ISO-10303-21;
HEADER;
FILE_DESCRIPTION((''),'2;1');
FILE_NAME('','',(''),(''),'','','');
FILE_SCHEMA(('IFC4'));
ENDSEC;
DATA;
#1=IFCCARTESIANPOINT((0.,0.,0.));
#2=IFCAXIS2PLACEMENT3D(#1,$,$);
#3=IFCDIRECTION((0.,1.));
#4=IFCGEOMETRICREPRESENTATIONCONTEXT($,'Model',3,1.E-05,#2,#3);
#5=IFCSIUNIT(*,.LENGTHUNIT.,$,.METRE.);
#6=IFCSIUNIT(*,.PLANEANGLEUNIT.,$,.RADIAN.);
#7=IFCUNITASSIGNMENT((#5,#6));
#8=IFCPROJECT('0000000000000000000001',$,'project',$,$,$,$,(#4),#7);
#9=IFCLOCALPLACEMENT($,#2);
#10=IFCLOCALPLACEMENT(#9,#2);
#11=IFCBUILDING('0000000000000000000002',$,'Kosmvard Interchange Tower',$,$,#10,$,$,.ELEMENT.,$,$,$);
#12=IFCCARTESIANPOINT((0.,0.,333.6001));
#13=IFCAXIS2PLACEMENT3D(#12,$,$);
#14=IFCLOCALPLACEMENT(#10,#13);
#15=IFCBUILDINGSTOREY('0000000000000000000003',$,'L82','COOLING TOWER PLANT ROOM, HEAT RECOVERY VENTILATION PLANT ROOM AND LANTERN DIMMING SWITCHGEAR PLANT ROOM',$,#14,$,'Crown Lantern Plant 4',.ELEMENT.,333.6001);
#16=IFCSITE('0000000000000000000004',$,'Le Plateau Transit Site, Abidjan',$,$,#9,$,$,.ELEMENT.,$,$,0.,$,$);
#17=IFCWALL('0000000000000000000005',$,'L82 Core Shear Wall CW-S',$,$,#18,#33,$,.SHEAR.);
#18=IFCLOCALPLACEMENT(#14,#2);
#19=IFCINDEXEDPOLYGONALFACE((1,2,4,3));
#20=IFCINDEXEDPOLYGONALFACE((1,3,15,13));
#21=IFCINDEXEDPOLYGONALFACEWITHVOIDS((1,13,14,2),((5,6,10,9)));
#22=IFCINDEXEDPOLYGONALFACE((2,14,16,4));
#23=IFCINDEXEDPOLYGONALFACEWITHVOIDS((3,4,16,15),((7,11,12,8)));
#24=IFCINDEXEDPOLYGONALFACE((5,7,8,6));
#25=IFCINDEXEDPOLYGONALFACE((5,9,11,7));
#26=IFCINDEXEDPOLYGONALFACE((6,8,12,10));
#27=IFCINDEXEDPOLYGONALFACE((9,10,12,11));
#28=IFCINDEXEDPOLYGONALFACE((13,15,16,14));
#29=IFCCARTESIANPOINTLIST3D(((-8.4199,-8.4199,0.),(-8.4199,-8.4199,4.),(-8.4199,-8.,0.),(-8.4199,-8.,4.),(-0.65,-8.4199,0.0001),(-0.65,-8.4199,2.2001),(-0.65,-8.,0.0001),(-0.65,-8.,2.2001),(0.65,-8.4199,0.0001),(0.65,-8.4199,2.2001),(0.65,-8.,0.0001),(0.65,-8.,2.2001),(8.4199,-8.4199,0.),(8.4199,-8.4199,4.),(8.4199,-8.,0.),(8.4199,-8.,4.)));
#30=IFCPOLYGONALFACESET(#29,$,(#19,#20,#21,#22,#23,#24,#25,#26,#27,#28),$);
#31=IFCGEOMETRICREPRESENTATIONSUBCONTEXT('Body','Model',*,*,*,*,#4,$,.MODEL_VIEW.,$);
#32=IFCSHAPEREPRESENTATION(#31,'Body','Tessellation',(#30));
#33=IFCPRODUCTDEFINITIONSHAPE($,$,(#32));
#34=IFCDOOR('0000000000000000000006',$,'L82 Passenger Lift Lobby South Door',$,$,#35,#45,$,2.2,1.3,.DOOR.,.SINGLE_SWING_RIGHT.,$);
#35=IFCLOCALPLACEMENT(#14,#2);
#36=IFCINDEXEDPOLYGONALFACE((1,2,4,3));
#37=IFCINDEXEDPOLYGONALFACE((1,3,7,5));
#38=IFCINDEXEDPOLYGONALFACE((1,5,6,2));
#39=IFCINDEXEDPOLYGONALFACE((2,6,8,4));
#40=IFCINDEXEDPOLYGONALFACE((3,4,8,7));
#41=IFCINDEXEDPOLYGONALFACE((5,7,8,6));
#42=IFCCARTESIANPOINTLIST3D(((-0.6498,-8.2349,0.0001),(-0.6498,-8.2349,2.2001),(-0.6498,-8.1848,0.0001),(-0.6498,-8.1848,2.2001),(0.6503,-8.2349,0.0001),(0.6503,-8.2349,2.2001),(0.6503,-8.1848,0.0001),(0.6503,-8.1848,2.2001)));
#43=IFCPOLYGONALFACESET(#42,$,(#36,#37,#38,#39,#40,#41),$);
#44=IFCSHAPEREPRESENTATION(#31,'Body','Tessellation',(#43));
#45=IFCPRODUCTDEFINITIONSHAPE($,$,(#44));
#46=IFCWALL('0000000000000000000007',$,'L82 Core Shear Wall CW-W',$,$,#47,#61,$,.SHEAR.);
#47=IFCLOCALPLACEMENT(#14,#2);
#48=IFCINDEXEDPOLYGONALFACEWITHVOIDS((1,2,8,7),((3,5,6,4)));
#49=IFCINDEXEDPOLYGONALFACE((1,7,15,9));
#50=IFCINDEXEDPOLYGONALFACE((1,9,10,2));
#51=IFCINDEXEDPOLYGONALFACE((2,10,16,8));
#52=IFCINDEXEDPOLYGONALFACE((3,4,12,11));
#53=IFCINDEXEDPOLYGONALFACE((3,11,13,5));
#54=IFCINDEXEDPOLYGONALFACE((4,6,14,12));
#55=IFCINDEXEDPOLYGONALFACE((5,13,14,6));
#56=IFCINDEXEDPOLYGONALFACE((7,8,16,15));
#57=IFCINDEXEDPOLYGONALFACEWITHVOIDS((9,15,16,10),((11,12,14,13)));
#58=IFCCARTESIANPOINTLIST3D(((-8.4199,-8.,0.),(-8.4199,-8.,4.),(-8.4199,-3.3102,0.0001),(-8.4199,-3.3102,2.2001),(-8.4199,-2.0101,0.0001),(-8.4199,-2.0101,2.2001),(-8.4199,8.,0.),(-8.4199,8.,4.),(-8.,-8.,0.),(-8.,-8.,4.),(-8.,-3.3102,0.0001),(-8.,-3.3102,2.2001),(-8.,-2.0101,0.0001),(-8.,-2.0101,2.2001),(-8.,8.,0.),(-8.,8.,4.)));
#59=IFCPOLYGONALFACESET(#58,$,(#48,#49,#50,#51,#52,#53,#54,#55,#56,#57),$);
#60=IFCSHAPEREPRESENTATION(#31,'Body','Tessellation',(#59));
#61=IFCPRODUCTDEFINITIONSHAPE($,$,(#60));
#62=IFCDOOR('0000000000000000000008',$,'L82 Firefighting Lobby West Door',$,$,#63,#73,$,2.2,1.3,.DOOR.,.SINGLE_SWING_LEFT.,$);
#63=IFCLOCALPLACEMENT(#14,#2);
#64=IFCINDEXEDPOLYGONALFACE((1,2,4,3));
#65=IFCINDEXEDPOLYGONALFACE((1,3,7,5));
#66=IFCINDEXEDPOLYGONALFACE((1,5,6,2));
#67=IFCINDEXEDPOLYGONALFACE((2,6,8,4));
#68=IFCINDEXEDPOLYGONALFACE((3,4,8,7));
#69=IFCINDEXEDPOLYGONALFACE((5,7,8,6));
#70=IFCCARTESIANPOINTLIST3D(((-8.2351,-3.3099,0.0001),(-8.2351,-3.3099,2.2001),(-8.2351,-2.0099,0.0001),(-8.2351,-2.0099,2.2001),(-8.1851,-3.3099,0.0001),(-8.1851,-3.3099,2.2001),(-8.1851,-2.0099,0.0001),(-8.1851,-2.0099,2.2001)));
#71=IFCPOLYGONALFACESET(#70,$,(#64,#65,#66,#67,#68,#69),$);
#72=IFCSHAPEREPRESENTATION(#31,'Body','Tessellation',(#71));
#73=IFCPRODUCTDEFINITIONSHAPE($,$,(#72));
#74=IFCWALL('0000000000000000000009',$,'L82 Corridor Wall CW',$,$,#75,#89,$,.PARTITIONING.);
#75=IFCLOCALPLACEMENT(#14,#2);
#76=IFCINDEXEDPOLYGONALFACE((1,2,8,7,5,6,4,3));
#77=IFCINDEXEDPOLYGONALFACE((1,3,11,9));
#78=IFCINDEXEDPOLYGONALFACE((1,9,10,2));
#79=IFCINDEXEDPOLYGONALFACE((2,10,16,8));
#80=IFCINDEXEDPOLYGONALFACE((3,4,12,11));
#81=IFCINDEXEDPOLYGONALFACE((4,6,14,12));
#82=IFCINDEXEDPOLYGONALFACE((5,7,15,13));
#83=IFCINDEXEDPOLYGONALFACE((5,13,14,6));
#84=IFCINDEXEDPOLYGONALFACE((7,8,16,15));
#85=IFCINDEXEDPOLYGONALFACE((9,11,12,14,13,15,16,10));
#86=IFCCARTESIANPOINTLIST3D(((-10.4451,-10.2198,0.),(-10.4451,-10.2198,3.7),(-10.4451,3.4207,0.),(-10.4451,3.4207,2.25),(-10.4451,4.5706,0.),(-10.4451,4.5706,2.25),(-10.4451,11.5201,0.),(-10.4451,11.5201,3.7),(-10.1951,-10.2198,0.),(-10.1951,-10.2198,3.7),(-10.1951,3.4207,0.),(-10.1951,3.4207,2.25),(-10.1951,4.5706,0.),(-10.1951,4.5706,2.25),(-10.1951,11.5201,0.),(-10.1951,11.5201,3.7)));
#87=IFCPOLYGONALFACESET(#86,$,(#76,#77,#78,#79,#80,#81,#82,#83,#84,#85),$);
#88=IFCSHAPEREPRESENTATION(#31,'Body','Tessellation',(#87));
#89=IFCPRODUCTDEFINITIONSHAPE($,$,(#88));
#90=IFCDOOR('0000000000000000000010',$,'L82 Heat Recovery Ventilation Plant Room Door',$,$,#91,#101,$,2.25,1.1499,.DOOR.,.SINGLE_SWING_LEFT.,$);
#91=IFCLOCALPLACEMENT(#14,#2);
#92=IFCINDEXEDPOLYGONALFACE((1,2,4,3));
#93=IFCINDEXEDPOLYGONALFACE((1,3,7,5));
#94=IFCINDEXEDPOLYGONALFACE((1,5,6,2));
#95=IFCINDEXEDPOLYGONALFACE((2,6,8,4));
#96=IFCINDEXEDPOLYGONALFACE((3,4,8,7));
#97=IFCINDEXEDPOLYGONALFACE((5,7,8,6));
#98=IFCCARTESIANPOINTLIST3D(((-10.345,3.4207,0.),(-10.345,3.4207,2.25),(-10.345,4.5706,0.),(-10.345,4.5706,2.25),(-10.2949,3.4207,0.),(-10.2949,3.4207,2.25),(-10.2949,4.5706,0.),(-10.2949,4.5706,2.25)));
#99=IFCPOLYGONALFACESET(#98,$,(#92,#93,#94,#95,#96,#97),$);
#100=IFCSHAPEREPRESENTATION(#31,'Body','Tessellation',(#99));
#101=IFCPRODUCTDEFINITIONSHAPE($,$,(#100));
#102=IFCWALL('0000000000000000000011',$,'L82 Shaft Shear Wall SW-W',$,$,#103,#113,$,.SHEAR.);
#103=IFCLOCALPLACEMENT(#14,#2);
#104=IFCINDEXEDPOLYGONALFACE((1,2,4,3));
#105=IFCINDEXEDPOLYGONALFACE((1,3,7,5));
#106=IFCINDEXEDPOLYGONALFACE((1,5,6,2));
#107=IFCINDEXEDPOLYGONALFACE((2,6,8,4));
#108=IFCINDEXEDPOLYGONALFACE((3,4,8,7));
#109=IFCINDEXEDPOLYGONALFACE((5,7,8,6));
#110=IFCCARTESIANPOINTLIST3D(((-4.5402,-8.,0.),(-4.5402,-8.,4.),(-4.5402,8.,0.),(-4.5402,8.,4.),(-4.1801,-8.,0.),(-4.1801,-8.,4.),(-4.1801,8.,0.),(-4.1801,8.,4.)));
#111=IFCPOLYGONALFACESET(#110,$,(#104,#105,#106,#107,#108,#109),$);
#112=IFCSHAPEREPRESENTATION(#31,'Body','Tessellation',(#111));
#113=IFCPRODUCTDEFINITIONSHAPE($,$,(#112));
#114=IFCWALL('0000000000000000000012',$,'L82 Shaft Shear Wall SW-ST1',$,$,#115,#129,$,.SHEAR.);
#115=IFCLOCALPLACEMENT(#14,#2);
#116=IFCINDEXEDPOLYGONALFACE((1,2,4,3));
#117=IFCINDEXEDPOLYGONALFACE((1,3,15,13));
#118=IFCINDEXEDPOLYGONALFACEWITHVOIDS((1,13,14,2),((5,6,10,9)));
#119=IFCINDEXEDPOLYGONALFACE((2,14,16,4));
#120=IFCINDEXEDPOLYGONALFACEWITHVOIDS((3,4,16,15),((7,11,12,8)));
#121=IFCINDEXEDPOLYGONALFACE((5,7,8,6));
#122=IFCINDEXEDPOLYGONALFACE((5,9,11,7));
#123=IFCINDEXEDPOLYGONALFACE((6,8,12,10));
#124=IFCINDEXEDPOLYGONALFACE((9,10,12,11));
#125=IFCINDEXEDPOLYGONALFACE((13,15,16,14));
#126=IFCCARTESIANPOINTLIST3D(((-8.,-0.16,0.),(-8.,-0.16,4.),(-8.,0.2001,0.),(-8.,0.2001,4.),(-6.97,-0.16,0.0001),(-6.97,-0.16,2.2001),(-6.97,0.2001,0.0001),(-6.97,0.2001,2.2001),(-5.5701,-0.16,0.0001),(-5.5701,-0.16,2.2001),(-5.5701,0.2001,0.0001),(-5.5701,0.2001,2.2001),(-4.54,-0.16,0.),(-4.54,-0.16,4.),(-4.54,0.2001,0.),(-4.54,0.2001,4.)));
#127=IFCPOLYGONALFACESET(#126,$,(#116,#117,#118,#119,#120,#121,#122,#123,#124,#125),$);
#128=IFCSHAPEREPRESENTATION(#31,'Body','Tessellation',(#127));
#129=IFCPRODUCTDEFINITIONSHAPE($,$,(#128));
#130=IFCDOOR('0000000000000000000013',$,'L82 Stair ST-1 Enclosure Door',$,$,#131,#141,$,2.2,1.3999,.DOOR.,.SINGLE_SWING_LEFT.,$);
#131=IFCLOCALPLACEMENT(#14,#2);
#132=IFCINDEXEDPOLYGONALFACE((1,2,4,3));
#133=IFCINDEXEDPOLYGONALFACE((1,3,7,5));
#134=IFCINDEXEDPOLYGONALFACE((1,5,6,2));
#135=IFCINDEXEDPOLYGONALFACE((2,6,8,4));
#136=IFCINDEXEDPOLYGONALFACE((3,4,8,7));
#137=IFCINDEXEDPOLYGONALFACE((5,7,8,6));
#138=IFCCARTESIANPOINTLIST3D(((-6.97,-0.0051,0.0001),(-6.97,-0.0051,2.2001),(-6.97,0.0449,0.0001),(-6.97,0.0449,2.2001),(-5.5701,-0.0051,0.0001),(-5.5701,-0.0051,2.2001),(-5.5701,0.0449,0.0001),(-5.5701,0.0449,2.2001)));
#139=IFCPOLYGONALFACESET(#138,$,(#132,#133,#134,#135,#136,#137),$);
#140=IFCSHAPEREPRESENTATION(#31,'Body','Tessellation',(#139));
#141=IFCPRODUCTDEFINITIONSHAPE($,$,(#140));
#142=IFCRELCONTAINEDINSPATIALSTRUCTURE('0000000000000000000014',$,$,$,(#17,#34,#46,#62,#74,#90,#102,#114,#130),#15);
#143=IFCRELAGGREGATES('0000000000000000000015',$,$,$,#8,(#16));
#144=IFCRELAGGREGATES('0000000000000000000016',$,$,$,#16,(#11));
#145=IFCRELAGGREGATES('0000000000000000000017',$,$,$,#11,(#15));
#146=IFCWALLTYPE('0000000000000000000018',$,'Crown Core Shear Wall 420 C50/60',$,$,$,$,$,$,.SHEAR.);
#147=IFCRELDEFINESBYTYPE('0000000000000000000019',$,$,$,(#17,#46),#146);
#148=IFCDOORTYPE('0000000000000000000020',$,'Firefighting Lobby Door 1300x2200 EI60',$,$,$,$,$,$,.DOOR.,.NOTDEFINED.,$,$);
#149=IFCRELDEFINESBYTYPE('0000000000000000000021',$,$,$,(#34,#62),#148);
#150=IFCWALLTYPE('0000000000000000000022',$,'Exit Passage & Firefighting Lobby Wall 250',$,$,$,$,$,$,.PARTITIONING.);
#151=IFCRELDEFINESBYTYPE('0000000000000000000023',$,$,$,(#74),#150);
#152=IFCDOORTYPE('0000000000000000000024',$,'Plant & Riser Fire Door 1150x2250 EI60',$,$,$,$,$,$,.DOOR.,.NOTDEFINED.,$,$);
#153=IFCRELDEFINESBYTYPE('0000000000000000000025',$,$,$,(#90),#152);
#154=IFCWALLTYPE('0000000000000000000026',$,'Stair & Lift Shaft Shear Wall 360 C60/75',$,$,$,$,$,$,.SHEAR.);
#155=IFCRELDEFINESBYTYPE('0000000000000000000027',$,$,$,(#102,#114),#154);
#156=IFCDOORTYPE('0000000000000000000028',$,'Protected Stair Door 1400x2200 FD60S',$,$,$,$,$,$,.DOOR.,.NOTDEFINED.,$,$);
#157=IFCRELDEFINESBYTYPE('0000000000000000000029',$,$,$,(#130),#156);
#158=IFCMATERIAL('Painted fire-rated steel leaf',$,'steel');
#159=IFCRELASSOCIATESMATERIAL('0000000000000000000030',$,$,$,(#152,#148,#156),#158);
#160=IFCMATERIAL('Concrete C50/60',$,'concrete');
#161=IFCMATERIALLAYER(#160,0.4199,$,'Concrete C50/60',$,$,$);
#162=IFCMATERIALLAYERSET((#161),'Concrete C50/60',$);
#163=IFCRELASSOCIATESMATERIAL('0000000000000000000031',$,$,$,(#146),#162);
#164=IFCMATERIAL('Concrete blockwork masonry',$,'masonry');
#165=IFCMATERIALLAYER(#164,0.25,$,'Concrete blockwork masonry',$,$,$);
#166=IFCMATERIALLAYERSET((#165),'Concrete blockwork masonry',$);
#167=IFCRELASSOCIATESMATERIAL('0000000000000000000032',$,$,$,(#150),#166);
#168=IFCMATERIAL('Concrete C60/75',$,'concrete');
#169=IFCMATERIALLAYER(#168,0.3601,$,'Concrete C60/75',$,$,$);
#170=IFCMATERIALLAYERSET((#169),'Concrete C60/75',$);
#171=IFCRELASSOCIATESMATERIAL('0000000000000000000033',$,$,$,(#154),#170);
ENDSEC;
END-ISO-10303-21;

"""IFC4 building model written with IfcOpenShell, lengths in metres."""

from ifc_helpers import new_model, si_unit, direction, frame, frame_2d, origin, place, context, subcontext, project, spatial, rectangle, extrude, source, transform, mapped, material, layer, layer_set, type_object, element, fill, save


model = new_model("IFC4")

# Units and contexts
model_context = context("Model", 3, precision=1e-05, world=origin(), true_north=direction((0.0, 1.0)))
body_context = subcontext(model_context, "Body", "Model", "MODEL_VIEW")
ifc_project = project(units=[si_unit("LENGTHUNIT", "METRE"), si_unit("PLANEANGLEUNIT", "RADIAN")], contexts=[model_context])

# Site, building, storey
site_placement = place(None, origin())
site = spatial("IfcSite", under=ifc_project, at=site_placement, Name="Le Plateau Transit Site, Abidjan", CompositionType="ELEMENT", RefElevation=0.0)
building_placement = place(site_placement, origin())
building = spatial("IfcBuilding", under=site, at=building_placement, Name="Kosmvard Interchange Tower", CompositionType="ELEMENT")
storey_placement = place(building_placement, frame((0.0, 0.0, 333.6001)))
storey = spatial("IfcBuildingStorey", under=building, at=storey_placement, Name="L82", Description="COOLING TOWER PLANT ROOM, HEAT RECOVERY VENTILATION PLANT ROOM AND LANTERN DIMMING SWITCHGEAR PLANT ROOM", LongName="Crown Lantern Plant 4", CompositionType="ELEMENT", Elevation=333.6001)

# Shared definitions
ifc_material_1 = material(Name="Concrete C50/60", Category="concrete")

# Shared definitions
ifc_material_2 = material(Name="Painted fire-rated steel leaf", Category="steel")
door_type_1 = type_object("IfcDoorType", Name="Plant & Riser Fire Door 1150x2250 EI60", OperationType="NOTDEFINED", PredefinedType="DOOR", material=ifc_material_2)
shared_shape_1 = source(origin(), body_context, "Body", "SweptSolid", [
    extrude(rectangle(XDim=1.1499, YDim=2.25, at=frame_2d((0.575, 1.125))), frame((0.0, 0.0249, 0.0), z_axis=(0.0, -1.0, 0.0), x_axis=(1.0, 0.0, 0.0)), (0.0, 0.0, 1.0), 0.05),
])

# Walls, openings, doors
ifc_layer_1 = layer(ifc_material_1, 0.4199, Name="Concrete C50/60")
ifc_layer_set_1 = layer_set([ifc_layer_1], Name="Concrete C50/60")
wall_type_1 = type_object("IfcWallType", Name="Crown Core Shear Wall 420 C50/60", PredefinedType="SHEAR", material=ifc_layer_set_1)
wall_1_placement = place(storey_placement, frame((-8.4199, -8.21, 0.0), z_axis=(0.0, 0.0, 1.0), x_axis=(1.0, 0.0, 0.0)))
wall_1 = element("IfcWall", 1, at=wall_1_placement, inside=storey, type_object=wall_type_1, Name="L82 Core Shear Wall CW-S", PredefinedType="SHEAR", context=body_context, shape_type="SweptSolid", body=[
    extrude(rectangle(XDim=16.8398, YDim=0.4199, at=frame_2d((8.4199, 0.0))), origin(), (0.0, 0.0, 1.0), 4.0),
])
opening_1_placement = place(wall_1_placement, frame((7.77, 0.0, 0.0)))
opening_1 = element("IfcOpeningElement", 2, at=opening_1_placement, cuts=wall_1, PredefinedType="OPENING", context=body_context, shape_type="SweptSolid", body=[
    extrude(rectangle(XDim=1.3, YDim=2.2, at=frame_2d((0.6499, 1.1001))), frame((0.0, 0.22, 0.0), z_axis=(0.0, -1.0, 0.0), x_axis=(1.0, 0.0, 0.0)), (0.0, 0.0, 1.0), 0.4399),
])
door_type_2 = type_object("IfcDoorType", Name="Firefighting Lobby Door 1300x2200 EI60", OperationType="NOTDEFINED", PredefinedType="DOOR", material=ifc_material_2)
shared_shape_2 = source(origin(), body_context, "Body", "SweptSolid", [
    extrude(rectangle(XDim=1.3, YDim=2.2, at=frame_2d((0.6499, 1.1001))), frame((0.0, 0.0249, 0.0), z_axis=(0.0, -1.0, 0.0), x_axis=(1.0, 0.0, 0.0)), (0.0, 0.0, 1.0), 0.05),
])
door_1_placement = place(opening_1_placement, frame((1.3, 0.0, 0.0), z_axis=(0.0, 0.0, 1.0), x_axis=(-1.0, 0.0, 0.0)))
door_1 = element("IfcDoor", 3, at=door_1_placement, inside=storey, type_object=door_type_2, Name="L82 Passenger Lift Lobby South Door", OperationType="SINGLE_SWING_RIGHT", OverallHeight=2.2, OverallWidth=1.3, PredefinedType="DOOR", context=body_context, shape_type="MappedRepresentation", body=[
    mapped(shared_shape_2, transform((0.0, 0.0, 0.0), scale=1.0)),
])
fill(opening_1, door_1)
wall_2_placement = place(storey_placement, frame((-8.21, -8.0, 0.0), z_axis=(0.0, 0.0, 1.0), x_axis=(0.0, 1.0, 0.0)))
wall_2 = element("IfcWall", 4, at=wall_2_placement, inside=storey, type_object=wall_type_1, Name="L82 Core Shear Wall CW-W", PredefinedType="SHEAR", context=body_context, shape_type="SweptSolid", body=[
    extrude(rectangle(XDim=16.0, YDim=0.4199, at=frame_2d((8.0, 0.0))), origin(), (0.0, 0.0, 1.0), 4.0),
])
opening_2_placement = place(wall_2_placement, frame((4.6899, 0.0, 0.0)))
opening_2 = element("IfcOpeningElement", 5, at=opening_2_placement, cuts=wall_2, PredefinedType="OPENING", context=body_context, shape_type="SweptSolid", body=[
    extrude(rectangle(XDim=1.3, YDim=2.2, at=frame_2d((0.6499, 1.1001))), frame((0.0, 0.22, 0.0), z_axis=(0.0, -1.0, 0.0), x_axis=(1.0, 0.0, 0.0)), (0.0, 0.0, 1.0), 0.4399),
])
door_2_placement = place(opening_2_placement, frame((1.3, 0.0, 0.0), z_axis=(0.0, 0.0, 1.0), x_axis=(-1.0, 0.0, 0.0)))
door_2 = element("IfcDoor", 6, at=door_2_placement, inside=storey, type_object=door_type_2, Name="L82 Firefighting Lobby West Door", OperationType="SINGLE_SWING_LEFT", OverallHeight=2.2, OverallWidth=1.3, PredefinedType="DOOR", context=body_context, shape_type="MappedRepresentation", body=[
    mapped(shared_shape_2, transform((0.0, 0.0, 0.0), scale=1.0)),
])
fill(opening_2, door_2)
ifc_material_3 = material(Name="Concrete blockwork masonry", Category="masonry")
ifc_layer_2 = layer(ifc_material_3, 0.25, Name="Concrete blockwork masonry")
ifc_layer_set_2 = layer_set([ifc_layer_2], Name="Concrete blockwork masonry")
wall_type_2 = type_object("IfcWallType", Name="Exit Passage & Firefighting Lobby Wall 250", PredefinedType="PARTITIONING", material=ifc_layer_set_2)
wall_3_placement = place(storey_placement, frame((-10.3201, -10.22, 0.0), z_axis=(0.0, 0.0, 1.0), x_axis=(0.0, 1.0, 0.0)))
wall_3 = element("IfcWall", 7, at=wall_3_placement, inside=storey, type_object=wall_type_2, Name="L82 Corridor Wall CW", PredefinedType="PARTITIONING", context=body_context, shape_type="SweptSolid", body=[
    extrude(rectangle(XDim=21.74, YDim=0.25, at=frame_2d((10.8701, 0.0))), origin(), (0.0, 0.0, 1.0), 3.7),
])
opening_3_placement = place(wall_3_placement, frame((13.6406, 0.0, 0.0)))
opening_3 = element("IfcOpeningElement", 8, at=opening_3_placement, cuts=wall_3, PredefinedType="OPENING", context=body_context, shape_type="SweptSolid", body=[
    extrude(rectangle(XDim=1.1499, YDim=2.25, at=frame_2d((0.575, 1.125))), frame((0.0, 0.135, 0.0), z_axis=(0.0, -1.0, 0.0), x_axis=(1.0, 0.0, 0.0)), (0.0, 0.0, 1.0), 0.27),
])
door_3_placement = place(opening_3_placement, origin())
door_3 = element("IfcDoor", 9, at=door_3_placement, inside=storey, type_object=door_type_1, Name="L82 Heat Recovery Ventilation Plant Room Door", OperationType="SINGLE_SWING_LEFT", OverallHeight=2.25, OverallWidth=1.1499, PredefinedType="DOOR", context=body_context, shape_type="MappedRepresentation", body=[
    mapped(shared_shape_1, transform((0.0, 0.0, 0.0), scale=1.0)),
])
fill(opening_3, door_3)

# Wall
ifc_material_4 = material(Name="Concrete C60/75", Category="concrete")
ifc_layer_3 = layer(ifc_material_4, 0.3601, Name="Concrete C60/75")
ifc_layer_set_3 = layer_set([ifc_layer_3], Name="Concrete C60/75")
wall_type_3 = type_object("IfcWallType", Name="Stair & Lift Shaft Shear Wall 360 C60/75", PredefinedType="SHEAR", material=ifc_layer_set_3)
wall_4_placement = place(storey_placement, frame((-4.3601, -8.0, 0.0), z_axis=(0.0, 0.0, 1.0), x_axis=(0.0, 1.0, 0.0)))
element("IfcWall", 10, at=wall_4_placement, inside=storey, type_object=wall_type_3, Name="L82 Shaft Shear Wall SW-W", PredefinedType="SHEAR", context=body_context, shape_type="SweptSolid", body=[
    extrude(rectangle(XDim=16.0, YDim=0.3601, at=frame_2d((8.0, 0.0))), origin(), (0.0, 0.0, 1.0), 4.0),
])

# Wall, opening, door
wall_5_placement = place(storey_placement, frame((-8.0, 0.02, 0.0), z_axis=(0.0, 0.0, 1.0), x_axis=(1.0, 0.0, 0.0)))
wall_5 = element("IfcWall", 11, at=wall_5_placement, inside=storey, type_object=wall_type_3, Name="L82 Shaft Shear Wall SW-ST1", PredefinedType="SHEAR", context=body_context, shape_type="SweptSolid", body=[
    extrude(rectangle(XDim=3.46, YDim=0.3601, at=frame_2d((1.73, 0.0))), origin(), (0.0, 0.0, 1.0), 4.0),
])
opening_4_placement = place(wall_5_placement, frame((1.03, 0.0, 0.0)))
opening_4 = element("IfcOpeningElement", 12, at=opening_4_placement, cuts=wall_5, PredefinedType="OPENING", context=body_context, shape_type="SweptSolid", body=[
    extrude(rectangle(XDim=1.3999, YDim=2.2, at=frame_2d((0.7, 1.1001))), frame((0.0, 0.1899, 0.0), z_axis=(0.0, -1.0, 0.0), x_axis=(1.0, 0.0, 0.0)), (0.0, 0.0, 1.0), 0.3801),
])
door_type_3 = type_object("IfcDoorType", Name="Protected Stair Door 1400x2200 FD60S", OperationType="NOTDEFINED", PredefinedType="DOOR", material=ifc_material_2)
shared_shape_3 = source(origin(), body_context, "Body", "SweptSolid", [
    extrude(rectangle(XDim=1.3999, YDim=2.2, at=frame_2d((0.7, 1.1001))), frame((0.0, 0.0249, 0.0), z_axis=(0.0, -1.0, 0.0), x_axis=(1.0, 0.0, 0.0)), (0.0, 0.0, 1.0), 0.05),
])
door_4_placement = place(opening_4_placement, origin())
door_4 = element("IfcDoor", 13, at=door_4_placement, inside=storey, type_object=door_type_3, Name="L82 Stair ST-1 Enclosure Door", OperationType="SINGLE_SWING_LEFT", OverallHeight=2.2, OverallWidth=1.3999, PredefinedType="DOOR", context=body_context, shape_type="MappedRepresentation", body=[
    mapped(shared_shape_3, transform((0.0, 0.0, 0.0), scale=1.0)),
])
fill(opening_4, door_4)

save(model, "model.ifc")
